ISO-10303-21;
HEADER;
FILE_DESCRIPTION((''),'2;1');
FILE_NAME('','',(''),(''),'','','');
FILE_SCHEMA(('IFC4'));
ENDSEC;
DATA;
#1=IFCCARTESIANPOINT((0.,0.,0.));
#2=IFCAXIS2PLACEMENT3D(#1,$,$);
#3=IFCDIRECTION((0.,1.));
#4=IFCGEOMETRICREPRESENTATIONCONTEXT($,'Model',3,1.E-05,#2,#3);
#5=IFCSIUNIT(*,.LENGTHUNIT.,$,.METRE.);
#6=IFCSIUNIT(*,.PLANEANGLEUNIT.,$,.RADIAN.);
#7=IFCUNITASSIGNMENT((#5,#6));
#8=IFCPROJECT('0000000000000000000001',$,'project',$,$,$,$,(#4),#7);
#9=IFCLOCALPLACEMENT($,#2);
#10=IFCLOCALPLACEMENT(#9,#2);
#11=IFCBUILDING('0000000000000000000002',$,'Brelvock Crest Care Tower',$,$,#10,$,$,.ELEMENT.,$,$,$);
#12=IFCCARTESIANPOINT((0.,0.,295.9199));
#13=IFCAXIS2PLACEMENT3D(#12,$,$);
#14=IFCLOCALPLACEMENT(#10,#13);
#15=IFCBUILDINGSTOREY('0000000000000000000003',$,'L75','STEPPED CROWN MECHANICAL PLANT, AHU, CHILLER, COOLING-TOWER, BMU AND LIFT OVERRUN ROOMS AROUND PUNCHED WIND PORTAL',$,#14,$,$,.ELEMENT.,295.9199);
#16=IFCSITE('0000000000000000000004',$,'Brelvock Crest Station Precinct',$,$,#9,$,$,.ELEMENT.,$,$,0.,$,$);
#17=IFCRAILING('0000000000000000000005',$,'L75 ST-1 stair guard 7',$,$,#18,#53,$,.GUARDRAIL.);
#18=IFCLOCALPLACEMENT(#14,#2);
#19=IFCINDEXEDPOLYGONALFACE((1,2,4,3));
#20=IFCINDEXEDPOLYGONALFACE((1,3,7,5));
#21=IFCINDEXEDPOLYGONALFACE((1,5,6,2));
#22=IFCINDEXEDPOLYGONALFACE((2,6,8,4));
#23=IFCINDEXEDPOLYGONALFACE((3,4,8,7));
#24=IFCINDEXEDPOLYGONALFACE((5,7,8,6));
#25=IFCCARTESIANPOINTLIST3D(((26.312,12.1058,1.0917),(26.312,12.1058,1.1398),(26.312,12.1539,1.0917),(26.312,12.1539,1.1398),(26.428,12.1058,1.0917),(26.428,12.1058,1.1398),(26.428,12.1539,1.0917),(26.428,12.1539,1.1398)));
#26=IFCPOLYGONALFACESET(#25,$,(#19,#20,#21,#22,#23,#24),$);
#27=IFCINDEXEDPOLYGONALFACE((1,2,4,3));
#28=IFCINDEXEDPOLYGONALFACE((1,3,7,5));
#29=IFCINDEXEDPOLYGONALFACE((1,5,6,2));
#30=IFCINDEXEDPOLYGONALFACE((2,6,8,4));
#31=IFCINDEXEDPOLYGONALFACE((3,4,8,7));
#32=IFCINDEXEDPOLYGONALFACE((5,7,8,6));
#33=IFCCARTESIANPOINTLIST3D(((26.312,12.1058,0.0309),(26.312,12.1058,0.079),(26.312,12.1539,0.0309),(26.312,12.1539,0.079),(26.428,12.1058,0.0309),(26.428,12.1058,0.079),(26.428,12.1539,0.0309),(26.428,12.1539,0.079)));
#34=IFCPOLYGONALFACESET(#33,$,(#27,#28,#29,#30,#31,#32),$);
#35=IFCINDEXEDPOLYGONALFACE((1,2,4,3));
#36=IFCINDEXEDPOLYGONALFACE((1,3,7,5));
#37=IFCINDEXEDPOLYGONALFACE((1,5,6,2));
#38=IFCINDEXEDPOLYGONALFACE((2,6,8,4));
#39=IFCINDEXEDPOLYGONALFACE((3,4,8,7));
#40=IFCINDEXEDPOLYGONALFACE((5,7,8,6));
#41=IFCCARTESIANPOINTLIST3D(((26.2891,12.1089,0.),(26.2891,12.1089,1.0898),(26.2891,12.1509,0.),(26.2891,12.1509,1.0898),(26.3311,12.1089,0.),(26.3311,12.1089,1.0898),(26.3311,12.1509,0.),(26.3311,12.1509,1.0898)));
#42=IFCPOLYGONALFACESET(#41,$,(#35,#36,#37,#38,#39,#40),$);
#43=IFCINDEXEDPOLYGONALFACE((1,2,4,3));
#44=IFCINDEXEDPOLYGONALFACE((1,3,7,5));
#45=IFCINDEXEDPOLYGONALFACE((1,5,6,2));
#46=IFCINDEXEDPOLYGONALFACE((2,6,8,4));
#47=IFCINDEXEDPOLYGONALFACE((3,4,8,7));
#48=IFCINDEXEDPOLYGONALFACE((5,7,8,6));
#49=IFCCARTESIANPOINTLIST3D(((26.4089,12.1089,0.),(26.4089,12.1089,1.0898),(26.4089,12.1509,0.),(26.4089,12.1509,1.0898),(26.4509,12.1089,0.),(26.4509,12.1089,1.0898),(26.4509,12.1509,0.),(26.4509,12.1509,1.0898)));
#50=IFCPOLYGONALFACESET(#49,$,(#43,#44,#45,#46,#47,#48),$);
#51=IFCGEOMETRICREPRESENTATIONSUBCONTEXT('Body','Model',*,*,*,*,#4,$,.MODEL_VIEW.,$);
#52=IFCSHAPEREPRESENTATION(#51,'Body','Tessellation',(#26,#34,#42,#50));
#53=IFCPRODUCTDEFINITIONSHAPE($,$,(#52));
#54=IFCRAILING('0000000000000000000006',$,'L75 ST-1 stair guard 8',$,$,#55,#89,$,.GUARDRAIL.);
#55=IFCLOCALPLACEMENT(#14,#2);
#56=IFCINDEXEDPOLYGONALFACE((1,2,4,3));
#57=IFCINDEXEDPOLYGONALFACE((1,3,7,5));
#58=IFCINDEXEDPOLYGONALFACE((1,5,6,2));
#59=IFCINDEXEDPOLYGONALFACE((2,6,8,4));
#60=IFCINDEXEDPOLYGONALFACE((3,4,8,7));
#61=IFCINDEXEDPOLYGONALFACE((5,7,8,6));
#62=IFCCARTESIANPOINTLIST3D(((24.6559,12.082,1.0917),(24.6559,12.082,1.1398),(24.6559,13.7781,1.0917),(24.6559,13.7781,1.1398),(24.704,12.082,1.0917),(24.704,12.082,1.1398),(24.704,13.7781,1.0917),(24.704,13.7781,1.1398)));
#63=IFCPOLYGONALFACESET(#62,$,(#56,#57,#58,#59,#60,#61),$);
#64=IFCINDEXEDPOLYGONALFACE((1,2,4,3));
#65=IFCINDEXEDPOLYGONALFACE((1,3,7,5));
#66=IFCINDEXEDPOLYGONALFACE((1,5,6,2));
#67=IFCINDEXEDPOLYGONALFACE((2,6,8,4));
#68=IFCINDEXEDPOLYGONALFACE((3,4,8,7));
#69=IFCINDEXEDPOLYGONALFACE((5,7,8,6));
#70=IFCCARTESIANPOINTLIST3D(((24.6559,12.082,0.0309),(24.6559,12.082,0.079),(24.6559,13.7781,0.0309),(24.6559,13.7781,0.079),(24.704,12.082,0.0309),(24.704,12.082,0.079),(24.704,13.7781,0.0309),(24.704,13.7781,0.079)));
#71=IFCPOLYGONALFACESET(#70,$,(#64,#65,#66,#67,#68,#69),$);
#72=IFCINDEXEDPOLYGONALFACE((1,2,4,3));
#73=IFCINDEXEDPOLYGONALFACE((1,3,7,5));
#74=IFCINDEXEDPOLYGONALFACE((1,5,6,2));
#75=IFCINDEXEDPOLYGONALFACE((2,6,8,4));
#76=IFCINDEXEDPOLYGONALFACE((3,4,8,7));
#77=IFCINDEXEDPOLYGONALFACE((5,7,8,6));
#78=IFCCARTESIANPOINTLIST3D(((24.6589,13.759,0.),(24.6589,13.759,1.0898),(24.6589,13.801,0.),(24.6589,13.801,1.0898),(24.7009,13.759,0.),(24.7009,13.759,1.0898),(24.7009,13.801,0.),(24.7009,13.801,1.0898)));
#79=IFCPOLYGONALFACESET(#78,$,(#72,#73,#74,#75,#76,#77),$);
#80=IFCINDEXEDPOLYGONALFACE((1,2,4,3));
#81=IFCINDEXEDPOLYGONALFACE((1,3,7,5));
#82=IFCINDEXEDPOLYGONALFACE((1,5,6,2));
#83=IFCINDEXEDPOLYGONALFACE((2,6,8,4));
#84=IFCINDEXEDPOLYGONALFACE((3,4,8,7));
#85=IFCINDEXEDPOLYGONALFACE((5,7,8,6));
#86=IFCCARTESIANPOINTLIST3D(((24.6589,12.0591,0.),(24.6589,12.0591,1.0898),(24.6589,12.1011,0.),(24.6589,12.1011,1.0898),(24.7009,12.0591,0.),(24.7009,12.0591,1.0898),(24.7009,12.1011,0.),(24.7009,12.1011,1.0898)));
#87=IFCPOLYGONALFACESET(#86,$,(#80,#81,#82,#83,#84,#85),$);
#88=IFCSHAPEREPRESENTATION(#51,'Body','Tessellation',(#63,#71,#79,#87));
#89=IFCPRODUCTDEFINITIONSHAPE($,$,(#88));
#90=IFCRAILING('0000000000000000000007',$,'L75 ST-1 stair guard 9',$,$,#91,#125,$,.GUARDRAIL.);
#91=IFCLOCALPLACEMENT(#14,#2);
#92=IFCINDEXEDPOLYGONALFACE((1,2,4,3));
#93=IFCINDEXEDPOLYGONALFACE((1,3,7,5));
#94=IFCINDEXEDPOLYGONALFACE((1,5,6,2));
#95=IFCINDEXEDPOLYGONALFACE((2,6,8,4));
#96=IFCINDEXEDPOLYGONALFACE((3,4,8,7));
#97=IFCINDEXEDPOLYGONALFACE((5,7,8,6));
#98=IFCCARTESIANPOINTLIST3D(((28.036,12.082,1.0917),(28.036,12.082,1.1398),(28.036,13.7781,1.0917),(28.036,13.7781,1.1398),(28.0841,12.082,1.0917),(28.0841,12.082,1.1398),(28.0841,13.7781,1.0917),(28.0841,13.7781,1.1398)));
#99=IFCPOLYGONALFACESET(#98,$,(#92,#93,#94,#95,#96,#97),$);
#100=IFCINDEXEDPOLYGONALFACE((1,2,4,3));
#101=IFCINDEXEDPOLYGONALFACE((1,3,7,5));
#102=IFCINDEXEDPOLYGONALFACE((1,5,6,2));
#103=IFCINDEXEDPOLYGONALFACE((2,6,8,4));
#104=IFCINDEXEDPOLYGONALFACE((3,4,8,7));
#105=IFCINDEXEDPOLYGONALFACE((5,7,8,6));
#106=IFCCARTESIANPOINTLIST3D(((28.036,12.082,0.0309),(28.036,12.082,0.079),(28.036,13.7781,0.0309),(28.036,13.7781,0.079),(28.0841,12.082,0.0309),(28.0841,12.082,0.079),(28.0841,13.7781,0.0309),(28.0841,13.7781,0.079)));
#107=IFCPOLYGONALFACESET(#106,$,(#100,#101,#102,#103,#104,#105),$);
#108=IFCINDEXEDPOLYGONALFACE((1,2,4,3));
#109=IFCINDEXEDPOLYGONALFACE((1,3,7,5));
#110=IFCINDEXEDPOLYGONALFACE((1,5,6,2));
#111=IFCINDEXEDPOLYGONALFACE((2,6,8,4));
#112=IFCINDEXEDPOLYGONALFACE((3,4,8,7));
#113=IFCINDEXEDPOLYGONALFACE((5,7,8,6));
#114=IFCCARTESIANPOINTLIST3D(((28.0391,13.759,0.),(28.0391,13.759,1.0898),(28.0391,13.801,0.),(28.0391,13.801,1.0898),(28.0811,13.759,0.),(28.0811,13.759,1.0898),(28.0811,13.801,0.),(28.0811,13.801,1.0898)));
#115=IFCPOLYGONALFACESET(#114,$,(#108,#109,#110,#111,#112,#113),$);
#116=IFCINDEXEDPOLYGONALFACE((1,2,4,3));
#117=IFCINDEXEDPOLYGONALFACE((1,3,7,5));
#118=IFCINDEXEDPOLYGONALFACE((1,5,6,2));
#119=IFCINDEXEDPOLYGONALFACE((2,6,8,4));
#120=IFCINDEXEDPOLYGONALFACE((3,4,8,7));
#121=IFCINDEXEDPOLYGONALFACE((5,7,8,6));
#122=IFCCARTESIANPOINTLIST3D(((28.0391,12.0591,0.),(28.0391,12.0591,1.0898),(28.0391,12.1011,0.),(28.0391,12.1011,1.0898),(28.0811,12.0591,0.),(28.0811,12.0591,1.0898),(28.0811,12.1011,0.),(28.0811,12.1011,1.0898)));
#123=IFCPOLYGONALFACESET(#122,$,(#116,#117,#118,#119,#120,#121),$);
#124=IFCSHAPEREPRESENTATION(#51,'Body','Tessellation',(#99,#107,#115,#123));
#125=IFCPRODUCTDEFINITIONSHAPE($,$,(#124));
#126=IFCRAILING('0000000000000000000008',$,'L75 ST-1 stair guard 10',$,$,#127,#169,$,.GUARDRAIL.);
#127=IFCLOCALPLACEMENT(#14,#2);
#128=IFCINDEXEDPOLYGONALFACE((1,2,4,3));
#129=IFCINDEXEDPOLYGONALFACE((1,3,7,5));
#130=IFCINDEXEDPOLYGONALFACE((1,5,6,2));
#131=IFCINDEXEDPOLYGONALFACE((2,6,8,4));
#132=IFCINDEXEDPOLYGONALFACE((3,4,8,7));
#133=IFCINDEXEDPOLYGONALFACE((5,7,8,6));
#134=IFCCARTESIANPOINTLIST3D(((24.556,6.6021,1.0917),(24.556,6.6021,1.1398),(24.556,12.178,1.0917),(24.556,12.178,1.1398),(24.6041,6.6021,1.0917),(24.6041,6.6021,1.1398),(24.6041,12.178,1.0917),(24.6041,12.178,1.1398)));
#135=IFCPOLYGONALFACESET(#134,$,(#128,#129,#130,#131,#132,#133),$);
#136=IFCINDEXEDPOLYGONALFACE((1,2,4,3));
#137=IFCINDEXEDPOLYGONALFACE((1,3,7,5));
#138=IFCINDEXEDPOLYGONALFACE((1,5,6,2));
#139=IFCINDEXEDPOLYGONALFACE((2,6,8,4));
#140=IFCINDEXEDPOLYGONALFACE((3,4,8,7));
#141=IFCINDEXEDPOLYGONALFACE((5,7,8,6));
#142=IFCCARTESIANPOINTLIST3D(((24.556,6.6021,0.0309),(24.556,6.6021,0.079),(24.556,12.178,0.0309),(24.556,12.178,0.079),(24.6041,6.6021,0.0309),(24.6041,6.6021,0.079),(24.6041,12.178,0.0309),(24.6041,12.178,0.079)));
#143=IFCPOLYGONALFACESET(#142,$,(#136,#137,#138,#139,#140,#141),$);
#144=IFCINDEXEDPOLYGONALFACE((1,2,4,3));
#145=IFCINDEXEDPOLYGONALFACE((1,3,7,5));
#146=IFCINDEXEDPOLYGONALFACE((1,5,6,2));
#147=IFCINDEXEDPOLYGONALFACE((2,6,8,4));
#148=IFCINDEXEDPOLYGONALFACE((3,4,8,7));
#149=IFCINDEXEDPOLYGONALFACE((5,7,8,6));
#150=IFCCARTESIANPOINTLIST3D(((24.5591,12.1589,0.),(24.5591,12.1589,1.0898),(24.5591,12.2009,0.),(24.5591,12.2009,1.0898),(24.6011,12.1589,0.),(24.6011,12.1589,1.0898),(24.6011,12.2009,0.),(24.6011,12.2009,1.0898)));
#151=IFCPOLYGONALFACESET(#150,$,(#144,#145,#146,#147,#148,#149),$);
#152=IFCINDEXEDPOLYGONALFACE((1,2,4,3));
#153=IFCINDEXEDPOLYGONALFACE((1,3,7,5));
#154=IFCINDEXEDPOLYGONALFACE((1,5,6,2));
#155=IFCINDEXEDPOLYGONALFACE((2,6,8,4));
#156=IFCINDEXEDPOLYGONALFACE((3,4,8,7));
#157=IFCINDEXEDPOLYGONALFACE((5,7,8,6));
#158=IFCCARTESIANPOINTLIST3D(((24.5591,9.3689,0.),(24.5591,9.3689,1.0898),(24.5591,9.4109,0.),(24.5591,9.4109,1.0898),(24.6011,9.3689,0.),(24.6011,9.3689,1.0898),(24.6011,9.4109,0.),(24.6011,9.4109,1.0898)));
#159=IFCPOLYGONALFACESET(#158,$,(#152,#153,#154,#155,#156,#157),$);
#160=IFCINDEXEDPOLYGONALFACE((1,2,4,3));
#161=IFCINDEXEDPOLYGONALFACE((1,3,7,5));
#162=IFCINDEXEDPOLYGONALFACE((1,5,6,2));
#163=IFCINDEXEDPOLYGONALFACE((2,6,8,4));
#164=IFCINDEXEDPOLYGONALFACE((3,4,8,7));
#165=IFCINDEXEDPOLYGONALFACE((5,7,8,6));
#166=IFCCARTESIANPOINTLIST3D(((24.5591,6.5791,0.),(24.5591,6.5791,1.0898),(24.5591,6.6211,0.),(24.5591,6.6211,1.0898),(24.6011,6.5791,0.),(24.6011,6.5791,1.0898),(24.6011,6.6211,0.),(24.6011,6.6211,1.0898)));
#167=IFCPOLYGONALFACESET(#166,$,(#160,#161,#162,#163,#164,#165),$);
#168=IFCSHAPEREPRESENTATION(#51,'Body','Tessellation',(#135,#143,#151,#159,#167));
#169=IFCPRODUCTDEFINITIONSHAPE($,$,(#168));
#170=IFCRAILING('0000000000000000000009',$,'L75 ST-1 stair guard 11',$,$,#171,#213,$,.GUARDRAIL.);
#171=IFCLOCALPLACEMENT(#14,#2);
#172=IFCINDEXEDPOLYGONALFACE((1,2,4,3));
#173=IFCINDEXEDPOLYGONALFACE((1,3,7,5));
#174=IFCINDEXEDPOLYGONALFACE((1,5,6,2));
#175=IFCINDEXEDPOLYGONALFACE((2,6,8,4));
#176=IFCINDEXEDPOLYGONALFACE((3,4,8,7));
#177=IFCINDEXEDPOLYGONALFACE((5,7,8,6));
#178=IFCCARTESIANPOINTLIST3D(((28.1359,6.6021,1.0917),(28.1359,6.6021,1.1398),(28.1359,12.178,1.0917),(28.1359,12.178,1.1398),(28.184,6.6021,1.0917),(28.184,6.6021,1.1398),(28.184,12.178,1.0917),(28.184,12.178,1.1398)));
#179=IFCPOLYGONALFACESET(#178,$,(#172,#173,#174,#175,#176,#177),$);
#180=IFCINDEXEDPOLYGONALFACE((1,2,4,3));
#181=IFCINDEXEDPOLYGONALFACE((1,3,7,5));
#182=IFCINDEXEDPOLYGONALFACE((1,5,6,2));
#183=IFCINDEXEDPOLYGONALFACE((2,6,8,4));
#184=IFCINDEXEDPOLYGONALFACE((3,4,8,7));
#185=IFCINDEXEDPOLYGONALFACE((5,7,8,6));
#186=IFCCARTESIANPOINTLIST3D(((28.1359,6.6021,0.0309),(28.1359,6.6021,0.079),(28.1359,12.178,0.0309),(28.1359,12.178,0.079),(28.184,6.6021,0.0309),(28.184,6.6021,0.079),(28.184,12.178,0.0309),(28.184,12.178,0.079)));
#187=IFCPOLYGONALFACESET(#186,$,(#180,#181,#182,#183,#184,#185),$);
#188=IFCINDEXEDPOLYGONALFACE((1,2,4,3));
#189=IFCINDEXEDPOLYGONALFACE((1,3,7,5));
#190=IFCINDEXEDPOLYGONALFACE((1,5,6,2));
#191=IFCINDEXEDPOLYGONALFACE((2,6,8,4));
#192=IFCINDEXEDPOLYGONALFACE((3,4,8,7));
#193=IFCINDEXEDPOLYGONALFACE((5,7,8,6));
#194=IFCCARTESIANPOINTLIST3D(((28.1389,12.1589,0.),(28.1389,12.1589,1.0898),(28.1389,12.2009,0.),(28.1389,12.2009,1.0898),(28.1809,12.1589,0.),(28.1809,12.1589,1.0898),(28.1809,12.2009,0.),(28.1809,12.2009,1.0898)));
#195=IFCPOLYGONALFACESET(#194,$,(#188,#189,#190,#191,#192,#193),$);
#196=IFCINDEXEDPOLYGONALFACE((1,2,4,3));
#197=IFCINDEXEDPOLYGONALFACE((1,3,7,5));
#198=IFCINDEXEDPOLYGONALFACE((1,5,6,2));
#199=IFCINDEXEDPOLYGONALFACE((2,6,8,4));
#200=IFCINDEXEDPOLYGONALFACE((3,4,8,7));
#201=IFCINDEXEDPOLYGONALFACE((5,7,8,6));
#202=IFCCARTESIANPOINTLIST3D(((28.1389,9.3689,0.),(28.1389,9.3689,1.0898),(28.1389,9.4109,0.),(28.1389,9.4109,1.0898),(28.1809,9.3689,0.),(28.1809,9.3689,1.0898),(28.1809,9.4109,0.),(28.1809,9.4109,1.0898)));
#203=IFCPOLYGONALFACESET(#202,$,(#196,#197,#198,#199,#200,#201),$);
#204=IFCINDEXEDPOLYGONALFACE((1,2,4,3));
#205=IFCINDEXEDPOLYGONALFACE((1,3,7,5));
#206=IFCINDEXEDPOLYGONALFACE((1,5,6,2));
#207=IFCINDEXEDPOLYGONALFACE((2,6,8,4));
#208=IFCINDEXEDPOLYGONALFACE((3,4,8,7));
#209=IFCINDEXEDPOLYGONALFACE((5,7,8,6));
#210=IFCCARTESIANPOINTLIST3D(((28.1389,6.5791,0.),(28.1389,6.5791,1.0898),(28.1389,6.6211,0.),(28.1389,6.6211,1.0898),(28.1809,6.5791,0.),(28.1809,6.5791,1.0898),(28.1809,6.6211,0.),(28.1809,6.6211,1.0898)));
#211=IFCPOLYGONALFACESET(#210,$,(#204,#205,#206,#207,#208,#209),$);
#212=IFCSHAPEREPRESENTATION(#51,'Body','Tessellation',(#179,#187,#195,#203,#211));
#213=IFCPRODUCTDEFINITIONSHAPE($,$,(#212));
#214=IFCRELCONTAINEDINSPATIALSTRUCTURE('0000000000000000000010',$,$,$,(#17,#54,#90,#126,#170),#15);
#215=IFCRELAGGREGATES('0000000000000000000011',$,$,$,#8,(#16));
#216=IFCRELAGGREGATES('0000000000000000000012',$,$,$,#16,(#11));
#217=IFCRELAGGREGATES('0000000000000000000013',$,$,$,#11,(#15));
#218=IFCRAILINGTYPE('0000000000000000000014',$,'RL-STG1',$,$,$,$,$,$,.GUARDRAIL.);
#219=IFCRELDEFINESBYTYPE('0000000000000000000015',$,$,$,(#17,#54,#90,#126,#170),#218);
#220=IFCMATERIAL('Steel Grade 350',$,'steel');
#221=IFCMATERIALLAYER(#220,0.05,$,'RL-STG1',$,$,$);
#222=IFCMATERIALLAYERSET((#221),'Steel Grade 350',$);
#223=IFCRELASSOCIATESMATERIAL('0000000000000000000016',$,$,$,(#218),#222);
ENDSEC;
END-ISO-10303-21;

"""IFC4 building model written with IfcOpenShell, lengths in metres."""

from ifc_helpers import new_model, si_unit, direction, frame, origin, origin_2d, place, context, subcontext, project, spatial, rectangle, extrude, material, layer, layer_set, type_object, element, save


model = new_model("IFC4")

# Units and contexts
model_context = context("Model", 3, precision=1e-05, world=origin(), true_north=direction((0.0, 1.0)))
body_context = subcontext(model_context, "Body", "Model", "MODEL_VIEW")
ifc_project = project(units=[si_unit("LENGTHUNIT", "METRE"), si_unit("PLANEANGLEUNIT", "RADIAN")], contexts=[model_context])

# Site, building, storey
site_placement = place(None, origin())
site = spatial("IfcSite", under=ifc_project, at=site_placement, Name="Brelvock Crest Station Precinct", CompositionType="ELEMENT", RefElevation=0.0)
building_placement = place(site_placement, origin())
building = spatial("IfcBuilding", under=site, at=building_placement, Name="Brelvock Crest Care Tower", CompositionType="ELEMENT")
storey_placement = place(building_placement, frame((0.0, 0.0, 295.9199)))
storey = spatial("IfcBuildingStorey", under=building, at=storey_placement, Name="L75", Description="STEPPED CROWN MECHANICAL PLANT, AHU, CHILLER, COOLING-TOWER, BMU AND LIFT OVERRUN ROOMS AROUND PUNCHED WIND PORTAL", CompositionType="ELEMENT", Elevation=295.9199)

# Shared definitions
ifc_material_1 = material(Name="Steel Grade 350", Category="steel")

# Railings
ifc_layer_1 = layer(ifc_material_1, 0.05, Name="RL-STG1")
ifc_layer_set_1 = layer_set([ifc_layer_1], Name="Steel Grade 350")
railing_type_1 = type_object("IfcRailingType", Name="RL-STG1", PredefinedType="GUARDRAIL", material=ifc_layer_set_1)
railing_1_placement = place(storey_placement, frame((26.3101, 12.1299, 0.0)))
element("IfcRailing", 1, at=railing_1_placement, inside=storey, type_object=railing_type_1, Name="L75 ST-1 stair guard 7", PredefinedType="GUARDRAIL", context=body_context, shape_type="SweptSolid", body=[
    extrude(rectangle(XDim=0.0481, YDim=0.0481, at=origin_2d()), frame((0.002, 0.0, 1.1157), z_axis=(1.0, 0.0, 0.0), x_axis=(0.0, 1.0, 0.0)), (0.0, 0.0, 1.0), 0.116),
    extrude(rectangle(XDim=0.0481, YDim=0.0481, at=origin_2d()), frame((0.002, 0.0, 0.0549), z_axis=(1.0, 0.0, 0.0), x_axis=(0.0, 1.0, 0.0)), (0.0, 0.0, 1.0), 0.116),
    extrude(rectangle(XDim=0.042, YDim=0.042, at=origin_2d()), origin(), (0.0, 0.0, 1.0), 1.0898),
    extrude(rectangle(XDim=0.042, YDim=0.042, at=origin_2d()), frame((0.1199, 0.0, 0.0)), (0.0, 0.0, 1.0), 1.0898),
])
for number, where, name in (
    (2, (24.6799, 13.78, 0.0), "L75 ST-1 stair guard 8"),
    (3, (28.0601, 13.78, 0.0), "L75 ST-1 stair guard 9"),
):
    element("IfcRailing", number, at=place(storey_placement, frame(where)), inside=storey, type_object=railing_type_1, Name=name, PredefinedType="GUARDRAIL", context=body_context, shape_type="SweptSolid", body=[
        extrude(rectangle(XDim=0.0481, YDim=0.0481, at=origin_2d()), frame((0.0, -0.002, 1.1157), z_axis=(0.0, -1.0, 0.0), x_axis=(1.0, 0.0, 0.0)), (0.0, 0.0, 1.0), 1.696),
        extrude(rectangle(XDim=0.0481, YDim=0.0481, at=origin_2d()), frame((0.0, -0.002, 0.0549), z_axis=(0.0, -1.0, 0.0), x_axis=(1.0, 0.0, 0.0)), (0.0, 0.0, 1.0), 1.696),
        extrude(rectangle(XDim=0.042, YDim=0.042, at=origin_2d()), origin(), (0.0, 0.0, 1.0), 1.0898),
        extrude(rectangle(XDim=0.042, YDim=0.042, at=origin_2d()), frame((0.0, -1.7, 0.0)), (0.0, 0.0, 1.0), 1.0898),
    ])
for number, where, name in (
    (4, (24.5801, 12.1799, 0.0), "L75 ST-1 stair guard 10"),
    (5, (28.1599, 12.1799, 0.0), "L75 ST-1 stair guard 11"),
):
    element("IfcRailing", number, at=place(storey_placement, frame(where)), inside=storey, type_object=railing_type_1, Name=name, PredefinedType="GUARDRAIL", context=body_context, shape_type="SweptSolid", body=[
        extrude(rectangle(XDim=0.0481, YDim=0.0481, at=origin_2d()), frame((0.0, -0.002, 1.1157), z_axis=(0.0, -1.0, 0.0), x_axis=(1.0, 0.0, 0.0)), (0.0, 0.0, 1.0), 5.5759),
        extrude(rectangle(XDim=0.0481, YDim=0.0481, at=origin_2d()), frame((0.0, -0.002, 0.0549), z_axis=(0.0, -1.0, 0.0), x_axis=(1.0, 0.0, 0.0)), (0.0, 0.0, 1.0), 5.5759),
        extrude(rectangle(XDim=0.042, YDim=0.042, at=origin_2d()), origin(), (0.0, 0.0, 1.0), 1.0898),
        extrude(rectangle(XDim=0.042, YDim=0.042, at=origin_2d()), frame((0.0, -2.79, 0.0)), (0.0, 0.0, 1.0), 1.0898),
        extrude(rectangle(XDim=0.042, YDim=0.042, at=origin_2d()), frame((0.0, -5.5798, 0.0)), (0.0, 0.0, 1.0), 1.0898),
    ])

save(model, "model.ifc")
